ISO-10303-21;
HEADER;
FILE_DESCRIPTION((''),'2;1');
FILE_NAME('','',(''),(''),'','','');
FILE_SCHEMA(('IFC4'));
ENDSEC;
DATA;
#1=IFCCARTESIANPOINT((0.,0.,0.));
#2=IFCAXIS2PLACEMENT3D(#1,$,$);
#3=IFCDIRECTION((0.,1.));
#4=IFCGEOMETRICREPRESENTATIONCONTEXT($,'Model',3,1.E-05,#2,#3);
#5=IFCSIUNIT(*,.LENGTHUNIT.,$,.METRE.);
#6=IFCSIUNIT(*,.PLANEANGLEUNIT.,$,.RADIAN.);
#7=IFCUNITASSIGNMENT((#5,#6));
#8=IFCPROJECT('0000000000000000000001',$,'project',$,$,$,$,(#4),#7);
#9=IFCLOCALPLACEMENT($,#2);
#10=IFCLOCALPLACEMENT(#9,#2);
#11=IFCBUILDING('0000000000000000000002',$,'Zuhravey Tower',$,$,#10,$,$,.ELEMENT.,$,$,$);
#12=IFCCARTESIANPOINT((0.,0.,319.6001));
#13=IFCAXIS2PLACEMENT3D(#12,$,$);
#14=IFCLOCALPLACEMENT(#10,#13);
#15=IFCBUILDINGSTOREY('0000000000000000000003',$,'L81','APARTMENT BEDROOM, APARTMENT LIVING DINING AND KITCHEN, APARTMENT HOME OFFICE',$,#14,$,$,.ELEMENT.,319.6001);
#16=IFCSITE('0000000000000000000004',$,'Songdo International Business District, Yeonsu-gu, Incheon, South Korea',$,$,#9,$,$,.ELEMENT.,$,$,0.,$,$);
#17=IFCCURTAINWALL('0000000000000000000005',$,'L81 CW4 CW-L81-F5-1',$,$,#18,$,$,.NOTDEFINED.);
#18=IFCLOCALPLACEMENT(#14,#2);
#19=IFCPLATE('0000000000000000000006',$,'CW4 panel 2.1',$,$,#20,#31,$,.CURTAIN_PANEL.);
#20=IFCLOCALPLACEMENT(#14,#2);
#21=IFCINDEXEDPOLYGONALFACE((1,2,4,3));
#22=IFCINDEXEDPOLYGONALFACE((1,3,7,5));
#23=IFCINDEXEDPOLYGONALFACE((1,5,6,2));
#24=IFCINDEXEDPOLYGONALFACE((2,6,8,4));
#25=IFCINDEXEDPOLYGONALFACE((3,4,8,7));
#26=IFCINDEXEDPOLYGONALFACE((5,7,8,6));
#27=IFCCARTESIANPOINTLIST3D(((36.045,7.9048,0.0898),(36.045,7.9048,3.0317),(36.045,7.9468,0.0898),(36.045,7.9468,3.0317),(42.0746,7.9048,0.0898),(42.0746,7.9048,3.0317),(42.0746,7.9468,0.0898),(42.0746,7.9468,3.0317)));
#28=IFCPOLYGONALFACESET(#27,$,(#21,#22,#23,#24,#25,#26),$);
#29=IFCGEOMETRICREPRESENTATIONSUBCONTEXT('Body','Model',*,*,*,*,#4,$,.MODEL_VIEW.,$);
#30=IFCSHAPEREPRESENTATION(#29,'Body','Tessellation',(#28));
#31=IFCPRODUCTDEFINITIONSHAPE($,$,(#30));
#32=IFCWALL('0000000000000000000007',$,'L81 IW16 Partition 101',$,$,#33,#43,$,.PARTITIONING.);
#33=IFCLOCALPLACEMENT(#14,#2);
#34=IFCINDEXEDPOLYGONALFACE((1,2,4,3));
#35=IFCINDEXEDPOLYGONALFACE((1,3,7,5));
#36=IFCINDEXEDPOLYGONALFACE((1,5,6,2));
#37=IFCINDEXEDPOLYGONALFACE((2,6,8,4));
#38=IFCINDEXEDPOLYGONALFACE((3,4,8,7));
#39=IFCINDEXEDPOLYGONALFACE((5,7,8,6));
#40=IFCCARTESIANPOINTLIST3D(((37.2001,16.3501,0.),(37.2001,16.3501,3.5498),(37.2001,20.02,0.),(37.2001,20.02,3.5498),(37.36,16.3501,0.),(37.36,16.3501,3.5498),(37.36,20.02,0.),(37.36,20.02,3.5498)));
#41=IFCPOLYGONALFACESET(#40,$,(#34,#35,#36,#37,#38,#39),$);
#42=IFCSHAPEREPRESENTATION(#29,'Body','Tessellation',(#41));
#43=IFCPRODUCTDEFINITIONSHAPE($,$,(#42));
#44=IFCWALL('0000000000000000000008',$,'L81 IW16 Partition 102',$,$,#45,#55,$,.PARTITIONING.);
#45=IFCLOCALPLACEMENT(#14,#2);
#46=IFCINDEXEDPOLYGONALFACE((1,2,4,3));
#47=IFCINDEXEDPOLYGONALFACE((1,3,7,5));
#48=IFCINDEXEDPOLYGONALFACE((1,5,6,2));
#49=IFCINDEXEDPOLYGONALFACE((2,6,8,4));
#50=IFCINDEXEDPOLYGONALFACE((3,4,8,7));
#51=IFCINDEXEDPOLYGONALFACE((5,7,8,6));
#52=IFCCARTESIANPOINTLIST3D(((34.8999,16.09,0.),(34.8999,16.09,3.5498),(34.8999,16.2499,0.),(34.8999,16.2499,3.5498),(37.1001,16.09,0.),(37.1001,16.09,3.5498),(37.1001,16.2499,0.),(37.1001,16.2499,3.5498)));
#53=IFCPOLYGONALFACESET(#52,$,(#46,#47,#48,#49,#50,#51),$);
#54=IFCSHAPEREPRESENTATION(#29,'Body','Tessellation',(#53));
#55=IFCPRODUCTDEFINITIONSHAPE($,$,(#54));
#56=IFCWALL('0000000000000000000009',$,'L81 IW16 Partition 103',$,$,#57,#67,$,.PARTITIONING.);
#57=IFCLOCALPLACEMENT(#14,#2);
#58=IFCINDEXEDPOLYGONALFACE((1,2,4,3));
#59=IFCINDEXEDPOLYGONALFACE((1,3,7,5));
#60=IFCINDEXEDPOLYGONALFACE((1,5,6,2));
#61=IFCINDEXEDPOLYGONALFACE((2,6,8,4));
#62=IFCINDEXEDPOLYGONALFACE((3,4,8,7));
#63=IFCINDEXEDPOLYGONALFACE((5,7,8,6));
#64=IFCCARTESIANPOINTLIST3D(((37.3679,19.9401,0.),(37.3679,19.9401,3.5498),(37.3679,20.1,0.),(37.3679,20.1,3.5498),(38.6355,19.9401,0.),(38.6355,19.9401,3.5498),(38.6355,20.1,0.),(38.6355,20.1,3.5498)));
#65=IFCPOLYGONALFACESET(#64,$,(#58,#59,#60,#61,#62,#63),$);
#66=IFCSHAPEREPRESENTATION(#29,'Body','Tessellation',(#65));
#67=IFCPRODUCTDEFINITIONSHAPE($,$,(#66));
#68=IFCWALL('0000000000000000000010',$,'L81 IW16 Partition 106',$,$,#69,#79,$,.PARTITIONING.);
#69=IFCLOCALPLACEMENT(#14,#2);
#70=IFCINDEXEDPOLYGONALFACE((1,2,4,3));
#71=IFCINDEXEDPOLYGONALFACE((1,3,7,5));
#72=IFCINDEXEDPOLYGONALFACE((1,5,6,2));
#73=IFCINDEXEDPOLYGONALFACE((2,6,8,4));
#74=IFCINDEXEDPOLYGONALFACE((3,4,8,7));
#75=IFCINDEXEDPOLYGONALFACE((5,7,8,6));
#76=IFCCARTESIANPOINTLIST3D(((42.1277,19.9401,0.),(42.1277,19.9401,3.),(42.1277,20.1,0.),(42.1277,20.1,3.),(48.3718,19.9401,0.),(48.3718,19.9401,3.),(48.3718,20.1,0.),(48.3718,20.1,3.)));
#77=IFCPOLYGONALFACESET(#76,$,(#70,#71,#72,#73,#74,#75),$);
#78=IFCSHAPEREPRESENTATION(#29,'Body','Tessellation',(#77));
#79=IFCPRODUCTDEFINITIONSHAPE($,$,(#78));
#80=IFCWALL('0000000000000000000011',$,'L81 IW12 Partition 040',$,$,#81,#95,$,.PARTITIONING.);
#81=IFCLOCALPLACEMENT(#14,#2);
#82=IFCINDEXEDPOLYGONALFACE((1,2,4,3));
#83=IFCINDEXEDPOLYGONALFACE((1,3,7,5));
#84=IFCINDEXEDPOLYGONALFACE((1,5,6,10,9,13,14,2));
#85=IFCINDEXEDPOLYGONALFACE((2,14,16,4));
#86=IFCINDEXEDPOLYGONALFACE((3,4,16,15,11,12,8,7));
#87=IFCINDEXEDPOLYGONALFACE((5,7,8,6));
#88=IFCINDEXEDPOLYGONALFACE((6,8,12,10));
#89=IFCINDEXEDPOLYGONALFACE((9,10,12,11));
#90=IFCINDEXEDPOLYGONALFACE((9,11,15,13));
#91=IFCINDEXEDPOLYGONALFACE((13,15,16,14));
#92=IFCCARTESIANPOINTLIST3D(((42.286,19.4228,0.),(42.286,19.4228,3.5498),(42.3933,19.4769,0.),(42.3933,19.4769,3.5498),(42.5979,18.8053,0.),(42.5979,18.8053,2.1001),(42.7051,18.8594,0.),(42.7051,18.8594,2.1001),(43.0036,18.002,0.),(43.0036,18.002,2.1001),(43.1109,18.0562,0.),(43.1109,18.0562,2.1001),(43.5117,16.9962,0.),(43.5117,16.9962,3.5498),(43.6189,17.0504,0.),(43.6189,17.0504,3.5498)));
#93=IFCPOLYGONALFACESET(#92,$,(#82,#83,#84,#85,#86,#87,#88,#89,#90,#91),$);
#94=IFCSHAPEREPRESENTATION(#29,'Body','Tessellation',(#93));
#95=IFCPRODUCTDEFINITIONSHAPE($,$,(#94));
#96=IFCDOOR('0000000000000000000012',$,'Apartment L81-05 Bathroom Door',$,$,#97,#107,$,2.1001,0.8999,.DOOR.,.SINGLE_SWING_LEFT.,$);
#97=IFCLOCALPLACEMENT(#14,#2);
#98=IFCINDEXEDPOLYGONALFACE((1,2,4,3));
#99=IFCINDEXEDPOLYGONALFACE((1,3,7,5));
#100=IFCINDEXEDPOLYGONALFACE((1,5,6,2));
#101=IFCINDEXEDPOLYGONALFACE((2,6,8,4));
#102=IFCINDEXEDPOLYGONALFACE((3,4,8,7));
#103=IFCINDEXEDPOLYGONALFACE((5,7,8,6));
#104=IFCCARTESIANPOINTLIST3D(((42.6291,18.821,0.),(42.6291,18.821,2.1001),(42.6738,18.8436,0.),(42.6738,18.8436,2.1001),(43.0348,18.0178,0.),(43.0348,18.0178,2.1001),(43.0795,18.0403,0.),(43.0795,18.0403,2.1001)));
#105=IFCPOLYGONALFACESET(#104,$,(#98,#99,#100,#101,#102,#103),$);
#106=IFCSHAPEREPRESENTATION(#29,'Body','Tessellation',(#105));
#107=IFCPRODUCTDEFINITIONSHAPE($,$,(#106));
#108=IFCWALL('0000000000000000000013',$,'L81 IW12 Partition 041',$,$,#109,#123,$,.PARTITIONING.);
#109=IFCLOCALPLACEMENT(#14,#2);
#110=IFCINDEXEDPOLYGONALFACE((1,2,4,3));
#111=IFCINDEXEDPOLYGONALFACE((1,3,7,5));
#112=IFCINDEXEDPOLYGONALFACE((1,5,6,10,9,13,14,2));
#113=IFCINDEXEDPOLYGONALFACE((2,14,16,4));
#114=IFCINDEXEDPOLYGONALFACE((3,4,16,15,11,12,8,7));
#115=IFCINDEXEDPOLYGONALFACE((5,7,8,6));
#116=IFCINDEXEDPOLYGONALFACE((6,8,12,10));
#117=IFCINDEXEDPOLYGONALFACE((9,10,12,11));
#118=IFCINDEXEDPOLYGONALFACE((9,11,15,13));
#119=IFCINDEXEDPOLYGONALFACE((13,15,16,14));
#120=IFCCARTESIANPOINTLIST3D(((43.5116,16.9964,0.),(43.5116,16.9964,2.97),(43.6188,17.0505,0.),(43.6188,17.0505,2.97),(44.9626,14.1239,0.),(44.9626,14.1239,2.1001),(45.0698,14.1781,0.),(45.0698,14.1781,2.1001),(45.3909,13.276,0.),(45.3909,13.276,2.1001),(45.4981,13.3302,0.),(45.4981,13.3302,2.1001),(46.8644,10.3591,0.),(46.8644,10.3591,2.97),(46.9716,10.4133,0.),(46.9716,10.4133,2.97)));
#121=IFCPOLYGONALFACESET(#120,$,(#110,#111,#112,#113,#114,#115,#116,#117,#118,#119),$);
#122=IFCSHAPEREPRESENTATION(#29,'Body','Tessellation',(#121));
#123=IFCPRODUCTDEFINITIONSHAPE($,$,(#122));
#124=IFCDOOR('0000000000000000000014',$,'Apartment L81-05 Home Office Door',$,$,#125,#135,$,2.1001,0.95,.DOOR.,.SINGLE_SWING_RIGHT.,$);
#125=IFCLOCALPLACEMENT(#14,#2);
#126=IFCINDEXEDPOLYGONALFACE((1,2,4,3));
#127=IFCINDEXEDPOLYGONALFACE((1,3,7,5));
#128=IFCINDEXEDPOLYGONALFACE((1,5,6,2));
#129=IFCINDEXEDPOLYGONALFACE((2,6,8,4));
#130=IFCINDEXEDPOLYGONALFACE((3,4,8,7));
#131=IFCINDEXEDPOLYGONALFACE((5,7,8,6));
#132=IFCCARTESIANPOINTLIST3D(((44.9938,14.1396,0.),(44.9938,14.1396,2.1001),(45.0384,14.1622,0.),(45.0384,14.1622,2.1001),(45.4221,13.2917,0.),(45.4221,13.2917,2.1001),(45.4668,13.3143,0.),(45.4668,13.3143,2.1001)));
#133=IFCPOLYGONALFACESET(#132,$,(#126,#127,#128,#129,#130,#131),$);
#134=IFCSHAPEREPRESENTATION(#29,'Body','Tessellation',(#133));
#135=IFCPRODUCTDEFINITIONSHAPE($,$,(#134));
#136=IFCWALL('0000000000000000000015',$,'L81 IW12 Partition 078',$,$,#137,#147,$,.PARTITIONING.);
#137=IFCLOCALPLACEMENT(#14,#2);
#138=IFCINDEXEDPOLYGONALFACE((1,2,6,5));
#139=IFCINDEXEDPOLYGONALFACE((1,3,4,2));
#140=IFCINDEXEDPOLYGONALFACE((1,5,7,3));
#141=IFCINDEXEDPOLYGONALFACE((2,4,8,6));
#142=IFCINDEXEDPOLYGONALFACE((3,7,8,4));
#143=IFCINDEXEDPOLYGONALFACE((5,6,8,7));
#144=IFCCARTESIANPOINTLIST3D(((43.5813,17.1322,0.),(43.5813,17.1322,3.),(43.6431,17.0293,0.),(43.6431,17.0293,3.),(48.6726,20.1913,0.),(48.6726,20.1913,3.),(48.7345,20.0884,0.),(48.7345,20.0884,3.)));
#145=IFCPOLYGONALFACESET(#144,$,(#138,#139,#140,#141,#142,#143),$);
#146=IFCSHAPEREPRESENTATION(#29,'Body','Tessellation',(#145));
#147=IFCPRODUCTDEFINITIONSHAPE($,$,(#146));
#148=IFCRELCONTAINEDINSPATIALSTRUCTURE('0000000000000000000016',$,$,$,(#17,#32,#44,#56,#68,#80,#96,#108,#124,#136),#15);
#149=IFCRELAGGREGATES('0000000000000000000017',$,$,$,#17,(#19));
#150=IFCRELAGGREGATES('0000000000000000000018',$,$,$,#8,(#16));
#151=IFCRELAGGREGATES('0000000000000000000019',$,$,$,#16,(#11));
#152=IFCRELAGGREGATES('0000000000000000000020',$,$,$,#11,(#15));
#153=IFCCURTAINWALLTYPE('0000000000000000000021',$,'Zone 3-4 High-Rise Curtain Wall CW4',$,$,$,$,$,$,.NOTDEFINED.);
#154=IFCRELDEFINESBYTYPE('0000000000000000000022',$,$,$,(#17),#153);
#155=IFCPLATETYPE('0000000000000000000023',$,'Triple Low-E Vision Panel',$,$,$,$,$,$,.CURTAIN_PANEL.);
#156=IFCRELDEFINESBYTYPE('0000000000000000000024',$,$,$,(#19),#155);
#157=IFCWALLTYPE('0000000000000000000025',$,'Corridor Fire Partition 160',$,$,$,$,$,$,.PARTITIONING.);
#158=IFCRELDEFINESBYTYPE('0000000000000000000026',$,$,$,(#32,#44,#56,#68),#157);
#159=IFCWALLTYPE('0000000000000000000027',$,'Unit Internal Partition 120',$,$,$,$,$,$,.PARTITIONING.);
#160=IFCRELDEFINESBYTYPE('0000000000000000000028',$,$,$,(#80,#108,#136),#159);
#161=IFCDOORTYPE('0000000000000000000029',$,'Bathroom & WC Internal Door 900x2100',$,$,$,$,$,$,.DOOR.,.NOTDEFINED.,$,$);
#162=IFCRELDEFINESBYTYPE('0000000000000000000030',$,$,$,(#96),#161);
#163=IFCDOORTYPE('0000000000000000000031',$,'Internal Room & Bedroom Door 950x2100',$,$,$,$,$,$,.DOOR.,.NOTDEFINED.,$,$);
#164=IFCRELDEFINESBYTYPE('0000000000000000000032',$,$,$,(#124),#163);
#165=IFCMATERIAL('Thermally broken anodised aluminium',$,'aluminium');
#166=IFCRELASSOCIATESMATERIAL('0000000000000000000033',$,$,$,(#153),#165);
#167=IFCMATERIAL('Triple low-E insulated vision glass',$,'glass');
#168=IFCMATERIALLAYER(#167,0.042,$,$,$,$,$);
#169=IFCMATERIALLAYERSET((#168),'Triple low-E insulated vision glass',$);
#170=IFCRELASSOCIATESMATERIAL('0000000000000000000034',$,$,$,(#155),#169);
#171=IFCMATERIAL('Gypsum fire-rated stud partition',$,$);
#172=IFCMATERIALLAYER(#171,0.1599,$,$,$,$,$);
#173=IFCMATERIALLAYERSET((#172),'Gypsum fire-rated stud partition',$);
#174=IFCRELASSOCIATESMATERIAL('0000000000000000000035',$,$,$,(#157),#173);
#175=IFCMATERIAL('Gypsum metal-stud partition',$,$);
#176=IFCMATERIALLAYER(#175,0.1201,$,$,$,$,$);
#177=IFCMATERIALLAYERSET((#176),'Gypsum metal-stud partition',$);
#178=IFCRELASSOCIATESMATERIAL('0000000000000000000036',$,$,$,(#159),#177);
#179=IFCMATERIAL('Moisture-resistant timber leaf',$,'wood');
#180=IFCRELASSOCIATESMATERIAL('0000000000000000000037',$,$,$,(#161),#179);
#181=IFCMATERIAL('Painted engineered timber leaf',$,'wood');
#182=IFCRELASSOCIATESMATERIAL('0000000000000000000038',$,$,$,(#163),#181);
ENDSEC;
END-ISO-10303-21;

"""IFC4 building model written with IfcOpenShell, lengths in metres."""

from ifc_helpers import new_model, si_unit, direction, frame, frame_2d, origin, origin_2d, place, context, subcontext, project, spatial, rectangle, extrude, material, layer, layer_set, type_object, element, fill, aggregate, save


model = new_model("IFC4")

# Units and contexts
model_context = context("Model", 3, precision=1e-05, world=origin(), true_north=direction((0.0, 1.0)))
body_context = subcontext(model_context, "Body", "Model", "MODEL_VIEW")
ifc_project = project(units=[si_unit("LENGTHUNIT", "METRE"), si_unit("PLANEANGLEUNIT", "RADIAN")], contexts=[model_context])

# Site, building, storey
site_placement = place(None, origin())
site = spatial("IfcSite", under=ifc_project, at=site_placement, Name="Songdo International Business District, Yeonsu-gu, Incheon, South Korea", CompositionType="ELEMENT", RefElevation=0.0)
building_placement = place(site_placement, origin())
building = spatial("IfcBuilding", under=site, at=building_placement, Name="Zuhravey Tower", CompositionType="ELEMENT")
storey_placement = place(building_placement, frame((0.0, 0.0, 319.6001)))
storey = spatial("IfcBuildingStorey", under=building, at=storey_placement, Name="L81", Description="APARTMENT BEDROOM, APARTMENT LIVING DINING AND KITCHEN, APARTMENT HOME OFFICE", CompositionType="ELEMENT", Elevation=319.6001)

# Curtain wall
ifc_material_1 = material(Name="Thermally broken anodised aluminium", Category="aluminium")
curtain_wall_type = type_object("IfcCurtainWallType", Name="Zone 3-4 High-Rise Curtain Wall CW4", PredefinedType="NOTDEFINED", material=ifc_material_1)
curtain_wall_placement = place(storey_placement, origin())
curtain_wall = element("IfcCurtainWall", 1, at=curtain_wall_placement, inside=storey, type_object=curtain_wall_type, Name="L81 CW4 CW-L81-F5-1", PredefinedType="NOTDEFINED")

# Plate
ifc_material_2 = material(Name="Triple low-E insulated vision glass", Category="glass")
ifc_layer_1 = layer(ifc_material_2, 0.042)
ifc_layer_set_1 = layer_set([ifc_layer_1], Name="Triple low-E insulated vision glass")
plate_type = type_object("IfcPlateType", Name="Triple Low-E Vision Panel", PredefinedType="CURTAIN_PANEL", material=ifc_layer_set_1)
plate_1_placement = place(storey_placement, frame((39.0598, 7.9258, 0.0898), z_axis=(0.0, 0.0, 1.0), x_axis=(-1.0, 0.0, 0.0)))
plate_1 = element("IfcPlate", 2, at=plate_1_placement, type_object=plate_type, Name="CW4 panel 2.1", PredefinedType="CURTAIN_PANEL", context=body_context, shape_type="SweptSolid", body=[
    extrude(rectangle(XDim=6.0295, YDim=0.042, at=origin_2d()), origin(), (0.0, 0.0, 1.0), 2.9419),
])
aggregate(curtain_wall, [plate_1])

# Shared definitions
ifc_material_3 = material(Name="Gypsum fire-rated stud partition")
ifc_layer_2 = layer(ifc_material_3, 0.1599)
ifc_layer_set_2 = layer_set([ifc_layer_2], Name="Gypsum fire-rated stud partition")
wall_type_1 = type_object("IfcWallType", Name="Corridor Fire Partition 160", PredefinedType="PARTITIONING", material=ifc_layer_set_2)

# Walls
wall_1_placement = place(storey_placement, frame((37.28, 16.3501, 0.0), z_axis=(0.0, 0.0, 1.0), x_axis=(0.0, 1.0, 0.0)))
element("IfcWall", 3, at=wall_1_placement, inside=storey, type_object=wall_type_1, Name="L81 IW16 Partition 101", PredefinedType="PARTITIONING", context=body_context, shape_type="SweptSolid", body=[
    extrude(rectangle(XDim=3.6699, YDim=0.1599, at=frame_2d((1.835, 0.0))), origin(), (0.0, 0.0, 1.0), 3.5498),
])
wall_2_placement = place(storey_placement, frame((34.8999, 16.1699, 0.0), z_axis=(0.0, 0.0, 1.0), x_axis=(1.0, 0.0, 0.0)))
element("IfcWall", 4, at=wall_2_placement, inside=storey, type_object=wall_type_1, Name="L81 IW16 Partition 102", PredefinedType="PARTITIONING", context=body_context, shape_type="SweptSolid", body=[
    extrude(rectangle(XDim=2.2002, YDim=0.1599, at=frame_2d((1.1001, 0.0))), origin(), (0.0, 0.0, 1.0), 3.5498),
])
wall_3_placement = place(storey_placement, frame((37.3679, 20.02, 0.0), z_axis=(0.0, 0.0, 1.0), x_axis=(1.0, 0.0, 0.0)))
element("IfcWall", 5, at=wall_3_placement, inside=storey, type_object=wall_type_1, Name="L81 IW16 Partition 103", PredefinedType="PARTITIONING", context=body_context, shape_type="SweptSolid", body=[
    extrude(rectangle(XDim=1.2676, YDim=0.1599, at=frame_2d((0.6338, 0.0))), origin(), (0.0, 0.0, 1.0), 3.5498),
])
wall_4_placement = place(storey_placement, frame((42.1277, 20.02, 0.0), z_axis=(0.0, 0.0, 1.0), x_axis=(1.0, 0.0, 0.0)))
element("IfcWall", 6, at=wall_4_placement, inside=storey, type_object=wall_type_1, Name="L81 IW16 Partition 106", PredefinedType="PARTITIONING", context=body_context, shape_type="SweptSolid", body=[
    extrude(rectangle(XDim=6.2441, YDim=0.1599, at=frame_2d((3.1221, 0.0))), origin(), (0.0, 0.0, 1.0), 3.0),
])

# Walls, openings, doors
ifc_material_4 = material(Name="Gypsum metal-stud partition")
ifc_layer_3 = layer(ifc_material_4, 0.1201)
ifc_layer_set_3 = layer_set([ifc_layer_3], Name="Gypsum metal-stud partition")
wall_type_2 = type_object("IfcWallType", Name="Unit Internal Partition 120", PredefinedType="PARTITIONING", material=ifc_layer_set_3)
wall_5_placement = place(storey_placement, frame((42.3396, 19.45, 0.0), z_axis=(0.0, 0.0, 1.0), x_axis=(0.450838, -0.892606, 0.0)))
wall_5 = element("IfcWall", 7, at=wall_5_placement, inside=storey, type_object=wall_type_2, Name="L81 IW12 Partition 040", PredefinedType="PARTITIONING", context=body_context, shape_type="SweptSolid", body=[
    extrude(rectangle(XDim=2.7185, YDim=0.1201, at=frame_2d((1.3594, 0.0))), origin(), (0.0, 0.0, 1.0), 3.5498),
])
opening_1_placement = place(wall_5_placement, frame((0.6919, 0.0, 0.0)))
opening_1 = element("IfcOpeningElement", 8, at=opening_1_placement, cuts=wall_5, PredefinedType="OPENING", context=body_context, shape_type="SweptSolid", body=[
    extrude(rectangle(XDim=0.8999, YDim=2.1001, at=frame_2d((0.45, 1.05))), frame((0.0, 0.072, 0.0), z_axis=(0.0, -1.0, 0.0), x_axis=(1.0, 0.0, 0.0)), (0.0, 0.0, 1.0), 0.144),
])
ifc_material_5 = material(Name="Moisture-resistant timber leaf", Category="wood")
door_type_1 = type_object("IfcDoorType", Name="Bathroom & WC Internal Door 900x2100", OperationType="NOTDEFINED", PredefinedType="DOOR", material=ifc_material_5)
door_1_placement = place(opening_1_placement, origin())
door_1 = element("IfcDoor", 9, at=door_1_placement, inside=storey, type_object=door_type_1, Name="Apartment L81-05 Bathroom Door", OperationType="SINGLE_SWING_LEFT", OverallHeight=2.1001, OverallWidth=0.8999, PredefinedType="DOOR", context=body_context, shape_type="SweptSolid", body=[
    extrude(rectangle(XDim=0.8999, YDim=2.1001, at=frame_2d((0.45, 1.05))), frame((0.0, 0.0249, 0.0), z_axis=(0.0, -1.0, 0.0), x_axis=(1.0, 0.0, 0.0)), (0.0, 0.0, 1.0), 0.05),
])
fill(opening_1, door_1)
wall_6_placement = place(storey_placement, frame((43.5652, 17.0234, 0.0), z_axis=(0.0, 0.0, 1.0), x_axis=(0.450887, -0.892581, 0.0)))
wall_6 = element("IfcWall", 10, at=wall_6_placement, inside=storey, type_object=wall_type_2, Name="L81 IW12 Partition 041", PredefinedType="PARTITIONING", context=body_context, shape_type="SweptSolid", body=[
    extrude(rectangle(XDim=7.436, YDim=0.1201, at=frame_2d((3.718, 0.0))), origin(), (0.0, 0.0, 1.0), 2.97),
])
opening_2_placement = place(wall_6_placement, frame((3.218, 0.0, 0.0)))
opening_2 = element("IfcOpeningElement", 11, at=opening_2_placement, cuts=wall_6, PredefinedType="OPENING", context=body_context, shape_type="SweptSolid", body=[
    extrude(rectangle(XDim=0.95, YDim=2.1001, at=frame_2d((0.4751, 1.05))), frame((0.0, 0.072, 0.0), z_axis=(0.0, -1.0, 0.0), x_axis=(1.0, 0.0, 0.0)), (0.0, 0.0, 1.0), 0.144),
])
ifc_material_6 = material(Name="Painted engineered timber leaf", Category="wood")
door_type_2 = type_object("IfcDoorType", Name="Internal Room & Bedroom Door 950x2100", OperationType="NOTDEFINED", PredefinedType="DOOR", material=ifc_material_6)
door_2_placement = place(opening_2_placement, origin())
door_2 = element("IfcDoor", 12, at=door_2_placement, inside=storey, type_object=door_type_2, Name="Apartment L81-05 Home Office Door", OperationType="SINGLE_SWING_RIGHT", OverallHeight=2.1001, OverallWidth=0.95, PredefinedType="DOOR", context=body_context, shape_type="SweptSolid", body=[
    extrude(rectangle(XDim=0.95, YDim=2.1001, at=frame_2d((0.4751, 1.05))), frame((0.0, 0.0249, 0.0), z_axis=(0.0, -1.0, 0.0), x_axis=(1.0, 0.0, 0.0)), (0.0, 0.0, 1.0), 0.05),
])
fill(opening_2, door_2)

# Wall
wall_7_placement = place(storey_placement, frame((43.6123, 17.0808, 0.0), z_axis=(0.0, 0.0, 1.0), x_axis=(0.857174, 0.515028, 0.0)))
element("IfcWall", 13, at=wall_7_placement, inside=storey, type_object=wall_type_2, Name="L81 IW12 Partition 078", PredefinedType="PARTITIONING", context=body_context, shape_type="SweptSolid", body=[
    extrude(rectangle(XDim=5.9397, YDim=0.1201, at=frame_2d((2.9697, 0.0))), origin(), (0.0, 0.0, 1.0), 3.0),
])

save(model, "model.ifc")
